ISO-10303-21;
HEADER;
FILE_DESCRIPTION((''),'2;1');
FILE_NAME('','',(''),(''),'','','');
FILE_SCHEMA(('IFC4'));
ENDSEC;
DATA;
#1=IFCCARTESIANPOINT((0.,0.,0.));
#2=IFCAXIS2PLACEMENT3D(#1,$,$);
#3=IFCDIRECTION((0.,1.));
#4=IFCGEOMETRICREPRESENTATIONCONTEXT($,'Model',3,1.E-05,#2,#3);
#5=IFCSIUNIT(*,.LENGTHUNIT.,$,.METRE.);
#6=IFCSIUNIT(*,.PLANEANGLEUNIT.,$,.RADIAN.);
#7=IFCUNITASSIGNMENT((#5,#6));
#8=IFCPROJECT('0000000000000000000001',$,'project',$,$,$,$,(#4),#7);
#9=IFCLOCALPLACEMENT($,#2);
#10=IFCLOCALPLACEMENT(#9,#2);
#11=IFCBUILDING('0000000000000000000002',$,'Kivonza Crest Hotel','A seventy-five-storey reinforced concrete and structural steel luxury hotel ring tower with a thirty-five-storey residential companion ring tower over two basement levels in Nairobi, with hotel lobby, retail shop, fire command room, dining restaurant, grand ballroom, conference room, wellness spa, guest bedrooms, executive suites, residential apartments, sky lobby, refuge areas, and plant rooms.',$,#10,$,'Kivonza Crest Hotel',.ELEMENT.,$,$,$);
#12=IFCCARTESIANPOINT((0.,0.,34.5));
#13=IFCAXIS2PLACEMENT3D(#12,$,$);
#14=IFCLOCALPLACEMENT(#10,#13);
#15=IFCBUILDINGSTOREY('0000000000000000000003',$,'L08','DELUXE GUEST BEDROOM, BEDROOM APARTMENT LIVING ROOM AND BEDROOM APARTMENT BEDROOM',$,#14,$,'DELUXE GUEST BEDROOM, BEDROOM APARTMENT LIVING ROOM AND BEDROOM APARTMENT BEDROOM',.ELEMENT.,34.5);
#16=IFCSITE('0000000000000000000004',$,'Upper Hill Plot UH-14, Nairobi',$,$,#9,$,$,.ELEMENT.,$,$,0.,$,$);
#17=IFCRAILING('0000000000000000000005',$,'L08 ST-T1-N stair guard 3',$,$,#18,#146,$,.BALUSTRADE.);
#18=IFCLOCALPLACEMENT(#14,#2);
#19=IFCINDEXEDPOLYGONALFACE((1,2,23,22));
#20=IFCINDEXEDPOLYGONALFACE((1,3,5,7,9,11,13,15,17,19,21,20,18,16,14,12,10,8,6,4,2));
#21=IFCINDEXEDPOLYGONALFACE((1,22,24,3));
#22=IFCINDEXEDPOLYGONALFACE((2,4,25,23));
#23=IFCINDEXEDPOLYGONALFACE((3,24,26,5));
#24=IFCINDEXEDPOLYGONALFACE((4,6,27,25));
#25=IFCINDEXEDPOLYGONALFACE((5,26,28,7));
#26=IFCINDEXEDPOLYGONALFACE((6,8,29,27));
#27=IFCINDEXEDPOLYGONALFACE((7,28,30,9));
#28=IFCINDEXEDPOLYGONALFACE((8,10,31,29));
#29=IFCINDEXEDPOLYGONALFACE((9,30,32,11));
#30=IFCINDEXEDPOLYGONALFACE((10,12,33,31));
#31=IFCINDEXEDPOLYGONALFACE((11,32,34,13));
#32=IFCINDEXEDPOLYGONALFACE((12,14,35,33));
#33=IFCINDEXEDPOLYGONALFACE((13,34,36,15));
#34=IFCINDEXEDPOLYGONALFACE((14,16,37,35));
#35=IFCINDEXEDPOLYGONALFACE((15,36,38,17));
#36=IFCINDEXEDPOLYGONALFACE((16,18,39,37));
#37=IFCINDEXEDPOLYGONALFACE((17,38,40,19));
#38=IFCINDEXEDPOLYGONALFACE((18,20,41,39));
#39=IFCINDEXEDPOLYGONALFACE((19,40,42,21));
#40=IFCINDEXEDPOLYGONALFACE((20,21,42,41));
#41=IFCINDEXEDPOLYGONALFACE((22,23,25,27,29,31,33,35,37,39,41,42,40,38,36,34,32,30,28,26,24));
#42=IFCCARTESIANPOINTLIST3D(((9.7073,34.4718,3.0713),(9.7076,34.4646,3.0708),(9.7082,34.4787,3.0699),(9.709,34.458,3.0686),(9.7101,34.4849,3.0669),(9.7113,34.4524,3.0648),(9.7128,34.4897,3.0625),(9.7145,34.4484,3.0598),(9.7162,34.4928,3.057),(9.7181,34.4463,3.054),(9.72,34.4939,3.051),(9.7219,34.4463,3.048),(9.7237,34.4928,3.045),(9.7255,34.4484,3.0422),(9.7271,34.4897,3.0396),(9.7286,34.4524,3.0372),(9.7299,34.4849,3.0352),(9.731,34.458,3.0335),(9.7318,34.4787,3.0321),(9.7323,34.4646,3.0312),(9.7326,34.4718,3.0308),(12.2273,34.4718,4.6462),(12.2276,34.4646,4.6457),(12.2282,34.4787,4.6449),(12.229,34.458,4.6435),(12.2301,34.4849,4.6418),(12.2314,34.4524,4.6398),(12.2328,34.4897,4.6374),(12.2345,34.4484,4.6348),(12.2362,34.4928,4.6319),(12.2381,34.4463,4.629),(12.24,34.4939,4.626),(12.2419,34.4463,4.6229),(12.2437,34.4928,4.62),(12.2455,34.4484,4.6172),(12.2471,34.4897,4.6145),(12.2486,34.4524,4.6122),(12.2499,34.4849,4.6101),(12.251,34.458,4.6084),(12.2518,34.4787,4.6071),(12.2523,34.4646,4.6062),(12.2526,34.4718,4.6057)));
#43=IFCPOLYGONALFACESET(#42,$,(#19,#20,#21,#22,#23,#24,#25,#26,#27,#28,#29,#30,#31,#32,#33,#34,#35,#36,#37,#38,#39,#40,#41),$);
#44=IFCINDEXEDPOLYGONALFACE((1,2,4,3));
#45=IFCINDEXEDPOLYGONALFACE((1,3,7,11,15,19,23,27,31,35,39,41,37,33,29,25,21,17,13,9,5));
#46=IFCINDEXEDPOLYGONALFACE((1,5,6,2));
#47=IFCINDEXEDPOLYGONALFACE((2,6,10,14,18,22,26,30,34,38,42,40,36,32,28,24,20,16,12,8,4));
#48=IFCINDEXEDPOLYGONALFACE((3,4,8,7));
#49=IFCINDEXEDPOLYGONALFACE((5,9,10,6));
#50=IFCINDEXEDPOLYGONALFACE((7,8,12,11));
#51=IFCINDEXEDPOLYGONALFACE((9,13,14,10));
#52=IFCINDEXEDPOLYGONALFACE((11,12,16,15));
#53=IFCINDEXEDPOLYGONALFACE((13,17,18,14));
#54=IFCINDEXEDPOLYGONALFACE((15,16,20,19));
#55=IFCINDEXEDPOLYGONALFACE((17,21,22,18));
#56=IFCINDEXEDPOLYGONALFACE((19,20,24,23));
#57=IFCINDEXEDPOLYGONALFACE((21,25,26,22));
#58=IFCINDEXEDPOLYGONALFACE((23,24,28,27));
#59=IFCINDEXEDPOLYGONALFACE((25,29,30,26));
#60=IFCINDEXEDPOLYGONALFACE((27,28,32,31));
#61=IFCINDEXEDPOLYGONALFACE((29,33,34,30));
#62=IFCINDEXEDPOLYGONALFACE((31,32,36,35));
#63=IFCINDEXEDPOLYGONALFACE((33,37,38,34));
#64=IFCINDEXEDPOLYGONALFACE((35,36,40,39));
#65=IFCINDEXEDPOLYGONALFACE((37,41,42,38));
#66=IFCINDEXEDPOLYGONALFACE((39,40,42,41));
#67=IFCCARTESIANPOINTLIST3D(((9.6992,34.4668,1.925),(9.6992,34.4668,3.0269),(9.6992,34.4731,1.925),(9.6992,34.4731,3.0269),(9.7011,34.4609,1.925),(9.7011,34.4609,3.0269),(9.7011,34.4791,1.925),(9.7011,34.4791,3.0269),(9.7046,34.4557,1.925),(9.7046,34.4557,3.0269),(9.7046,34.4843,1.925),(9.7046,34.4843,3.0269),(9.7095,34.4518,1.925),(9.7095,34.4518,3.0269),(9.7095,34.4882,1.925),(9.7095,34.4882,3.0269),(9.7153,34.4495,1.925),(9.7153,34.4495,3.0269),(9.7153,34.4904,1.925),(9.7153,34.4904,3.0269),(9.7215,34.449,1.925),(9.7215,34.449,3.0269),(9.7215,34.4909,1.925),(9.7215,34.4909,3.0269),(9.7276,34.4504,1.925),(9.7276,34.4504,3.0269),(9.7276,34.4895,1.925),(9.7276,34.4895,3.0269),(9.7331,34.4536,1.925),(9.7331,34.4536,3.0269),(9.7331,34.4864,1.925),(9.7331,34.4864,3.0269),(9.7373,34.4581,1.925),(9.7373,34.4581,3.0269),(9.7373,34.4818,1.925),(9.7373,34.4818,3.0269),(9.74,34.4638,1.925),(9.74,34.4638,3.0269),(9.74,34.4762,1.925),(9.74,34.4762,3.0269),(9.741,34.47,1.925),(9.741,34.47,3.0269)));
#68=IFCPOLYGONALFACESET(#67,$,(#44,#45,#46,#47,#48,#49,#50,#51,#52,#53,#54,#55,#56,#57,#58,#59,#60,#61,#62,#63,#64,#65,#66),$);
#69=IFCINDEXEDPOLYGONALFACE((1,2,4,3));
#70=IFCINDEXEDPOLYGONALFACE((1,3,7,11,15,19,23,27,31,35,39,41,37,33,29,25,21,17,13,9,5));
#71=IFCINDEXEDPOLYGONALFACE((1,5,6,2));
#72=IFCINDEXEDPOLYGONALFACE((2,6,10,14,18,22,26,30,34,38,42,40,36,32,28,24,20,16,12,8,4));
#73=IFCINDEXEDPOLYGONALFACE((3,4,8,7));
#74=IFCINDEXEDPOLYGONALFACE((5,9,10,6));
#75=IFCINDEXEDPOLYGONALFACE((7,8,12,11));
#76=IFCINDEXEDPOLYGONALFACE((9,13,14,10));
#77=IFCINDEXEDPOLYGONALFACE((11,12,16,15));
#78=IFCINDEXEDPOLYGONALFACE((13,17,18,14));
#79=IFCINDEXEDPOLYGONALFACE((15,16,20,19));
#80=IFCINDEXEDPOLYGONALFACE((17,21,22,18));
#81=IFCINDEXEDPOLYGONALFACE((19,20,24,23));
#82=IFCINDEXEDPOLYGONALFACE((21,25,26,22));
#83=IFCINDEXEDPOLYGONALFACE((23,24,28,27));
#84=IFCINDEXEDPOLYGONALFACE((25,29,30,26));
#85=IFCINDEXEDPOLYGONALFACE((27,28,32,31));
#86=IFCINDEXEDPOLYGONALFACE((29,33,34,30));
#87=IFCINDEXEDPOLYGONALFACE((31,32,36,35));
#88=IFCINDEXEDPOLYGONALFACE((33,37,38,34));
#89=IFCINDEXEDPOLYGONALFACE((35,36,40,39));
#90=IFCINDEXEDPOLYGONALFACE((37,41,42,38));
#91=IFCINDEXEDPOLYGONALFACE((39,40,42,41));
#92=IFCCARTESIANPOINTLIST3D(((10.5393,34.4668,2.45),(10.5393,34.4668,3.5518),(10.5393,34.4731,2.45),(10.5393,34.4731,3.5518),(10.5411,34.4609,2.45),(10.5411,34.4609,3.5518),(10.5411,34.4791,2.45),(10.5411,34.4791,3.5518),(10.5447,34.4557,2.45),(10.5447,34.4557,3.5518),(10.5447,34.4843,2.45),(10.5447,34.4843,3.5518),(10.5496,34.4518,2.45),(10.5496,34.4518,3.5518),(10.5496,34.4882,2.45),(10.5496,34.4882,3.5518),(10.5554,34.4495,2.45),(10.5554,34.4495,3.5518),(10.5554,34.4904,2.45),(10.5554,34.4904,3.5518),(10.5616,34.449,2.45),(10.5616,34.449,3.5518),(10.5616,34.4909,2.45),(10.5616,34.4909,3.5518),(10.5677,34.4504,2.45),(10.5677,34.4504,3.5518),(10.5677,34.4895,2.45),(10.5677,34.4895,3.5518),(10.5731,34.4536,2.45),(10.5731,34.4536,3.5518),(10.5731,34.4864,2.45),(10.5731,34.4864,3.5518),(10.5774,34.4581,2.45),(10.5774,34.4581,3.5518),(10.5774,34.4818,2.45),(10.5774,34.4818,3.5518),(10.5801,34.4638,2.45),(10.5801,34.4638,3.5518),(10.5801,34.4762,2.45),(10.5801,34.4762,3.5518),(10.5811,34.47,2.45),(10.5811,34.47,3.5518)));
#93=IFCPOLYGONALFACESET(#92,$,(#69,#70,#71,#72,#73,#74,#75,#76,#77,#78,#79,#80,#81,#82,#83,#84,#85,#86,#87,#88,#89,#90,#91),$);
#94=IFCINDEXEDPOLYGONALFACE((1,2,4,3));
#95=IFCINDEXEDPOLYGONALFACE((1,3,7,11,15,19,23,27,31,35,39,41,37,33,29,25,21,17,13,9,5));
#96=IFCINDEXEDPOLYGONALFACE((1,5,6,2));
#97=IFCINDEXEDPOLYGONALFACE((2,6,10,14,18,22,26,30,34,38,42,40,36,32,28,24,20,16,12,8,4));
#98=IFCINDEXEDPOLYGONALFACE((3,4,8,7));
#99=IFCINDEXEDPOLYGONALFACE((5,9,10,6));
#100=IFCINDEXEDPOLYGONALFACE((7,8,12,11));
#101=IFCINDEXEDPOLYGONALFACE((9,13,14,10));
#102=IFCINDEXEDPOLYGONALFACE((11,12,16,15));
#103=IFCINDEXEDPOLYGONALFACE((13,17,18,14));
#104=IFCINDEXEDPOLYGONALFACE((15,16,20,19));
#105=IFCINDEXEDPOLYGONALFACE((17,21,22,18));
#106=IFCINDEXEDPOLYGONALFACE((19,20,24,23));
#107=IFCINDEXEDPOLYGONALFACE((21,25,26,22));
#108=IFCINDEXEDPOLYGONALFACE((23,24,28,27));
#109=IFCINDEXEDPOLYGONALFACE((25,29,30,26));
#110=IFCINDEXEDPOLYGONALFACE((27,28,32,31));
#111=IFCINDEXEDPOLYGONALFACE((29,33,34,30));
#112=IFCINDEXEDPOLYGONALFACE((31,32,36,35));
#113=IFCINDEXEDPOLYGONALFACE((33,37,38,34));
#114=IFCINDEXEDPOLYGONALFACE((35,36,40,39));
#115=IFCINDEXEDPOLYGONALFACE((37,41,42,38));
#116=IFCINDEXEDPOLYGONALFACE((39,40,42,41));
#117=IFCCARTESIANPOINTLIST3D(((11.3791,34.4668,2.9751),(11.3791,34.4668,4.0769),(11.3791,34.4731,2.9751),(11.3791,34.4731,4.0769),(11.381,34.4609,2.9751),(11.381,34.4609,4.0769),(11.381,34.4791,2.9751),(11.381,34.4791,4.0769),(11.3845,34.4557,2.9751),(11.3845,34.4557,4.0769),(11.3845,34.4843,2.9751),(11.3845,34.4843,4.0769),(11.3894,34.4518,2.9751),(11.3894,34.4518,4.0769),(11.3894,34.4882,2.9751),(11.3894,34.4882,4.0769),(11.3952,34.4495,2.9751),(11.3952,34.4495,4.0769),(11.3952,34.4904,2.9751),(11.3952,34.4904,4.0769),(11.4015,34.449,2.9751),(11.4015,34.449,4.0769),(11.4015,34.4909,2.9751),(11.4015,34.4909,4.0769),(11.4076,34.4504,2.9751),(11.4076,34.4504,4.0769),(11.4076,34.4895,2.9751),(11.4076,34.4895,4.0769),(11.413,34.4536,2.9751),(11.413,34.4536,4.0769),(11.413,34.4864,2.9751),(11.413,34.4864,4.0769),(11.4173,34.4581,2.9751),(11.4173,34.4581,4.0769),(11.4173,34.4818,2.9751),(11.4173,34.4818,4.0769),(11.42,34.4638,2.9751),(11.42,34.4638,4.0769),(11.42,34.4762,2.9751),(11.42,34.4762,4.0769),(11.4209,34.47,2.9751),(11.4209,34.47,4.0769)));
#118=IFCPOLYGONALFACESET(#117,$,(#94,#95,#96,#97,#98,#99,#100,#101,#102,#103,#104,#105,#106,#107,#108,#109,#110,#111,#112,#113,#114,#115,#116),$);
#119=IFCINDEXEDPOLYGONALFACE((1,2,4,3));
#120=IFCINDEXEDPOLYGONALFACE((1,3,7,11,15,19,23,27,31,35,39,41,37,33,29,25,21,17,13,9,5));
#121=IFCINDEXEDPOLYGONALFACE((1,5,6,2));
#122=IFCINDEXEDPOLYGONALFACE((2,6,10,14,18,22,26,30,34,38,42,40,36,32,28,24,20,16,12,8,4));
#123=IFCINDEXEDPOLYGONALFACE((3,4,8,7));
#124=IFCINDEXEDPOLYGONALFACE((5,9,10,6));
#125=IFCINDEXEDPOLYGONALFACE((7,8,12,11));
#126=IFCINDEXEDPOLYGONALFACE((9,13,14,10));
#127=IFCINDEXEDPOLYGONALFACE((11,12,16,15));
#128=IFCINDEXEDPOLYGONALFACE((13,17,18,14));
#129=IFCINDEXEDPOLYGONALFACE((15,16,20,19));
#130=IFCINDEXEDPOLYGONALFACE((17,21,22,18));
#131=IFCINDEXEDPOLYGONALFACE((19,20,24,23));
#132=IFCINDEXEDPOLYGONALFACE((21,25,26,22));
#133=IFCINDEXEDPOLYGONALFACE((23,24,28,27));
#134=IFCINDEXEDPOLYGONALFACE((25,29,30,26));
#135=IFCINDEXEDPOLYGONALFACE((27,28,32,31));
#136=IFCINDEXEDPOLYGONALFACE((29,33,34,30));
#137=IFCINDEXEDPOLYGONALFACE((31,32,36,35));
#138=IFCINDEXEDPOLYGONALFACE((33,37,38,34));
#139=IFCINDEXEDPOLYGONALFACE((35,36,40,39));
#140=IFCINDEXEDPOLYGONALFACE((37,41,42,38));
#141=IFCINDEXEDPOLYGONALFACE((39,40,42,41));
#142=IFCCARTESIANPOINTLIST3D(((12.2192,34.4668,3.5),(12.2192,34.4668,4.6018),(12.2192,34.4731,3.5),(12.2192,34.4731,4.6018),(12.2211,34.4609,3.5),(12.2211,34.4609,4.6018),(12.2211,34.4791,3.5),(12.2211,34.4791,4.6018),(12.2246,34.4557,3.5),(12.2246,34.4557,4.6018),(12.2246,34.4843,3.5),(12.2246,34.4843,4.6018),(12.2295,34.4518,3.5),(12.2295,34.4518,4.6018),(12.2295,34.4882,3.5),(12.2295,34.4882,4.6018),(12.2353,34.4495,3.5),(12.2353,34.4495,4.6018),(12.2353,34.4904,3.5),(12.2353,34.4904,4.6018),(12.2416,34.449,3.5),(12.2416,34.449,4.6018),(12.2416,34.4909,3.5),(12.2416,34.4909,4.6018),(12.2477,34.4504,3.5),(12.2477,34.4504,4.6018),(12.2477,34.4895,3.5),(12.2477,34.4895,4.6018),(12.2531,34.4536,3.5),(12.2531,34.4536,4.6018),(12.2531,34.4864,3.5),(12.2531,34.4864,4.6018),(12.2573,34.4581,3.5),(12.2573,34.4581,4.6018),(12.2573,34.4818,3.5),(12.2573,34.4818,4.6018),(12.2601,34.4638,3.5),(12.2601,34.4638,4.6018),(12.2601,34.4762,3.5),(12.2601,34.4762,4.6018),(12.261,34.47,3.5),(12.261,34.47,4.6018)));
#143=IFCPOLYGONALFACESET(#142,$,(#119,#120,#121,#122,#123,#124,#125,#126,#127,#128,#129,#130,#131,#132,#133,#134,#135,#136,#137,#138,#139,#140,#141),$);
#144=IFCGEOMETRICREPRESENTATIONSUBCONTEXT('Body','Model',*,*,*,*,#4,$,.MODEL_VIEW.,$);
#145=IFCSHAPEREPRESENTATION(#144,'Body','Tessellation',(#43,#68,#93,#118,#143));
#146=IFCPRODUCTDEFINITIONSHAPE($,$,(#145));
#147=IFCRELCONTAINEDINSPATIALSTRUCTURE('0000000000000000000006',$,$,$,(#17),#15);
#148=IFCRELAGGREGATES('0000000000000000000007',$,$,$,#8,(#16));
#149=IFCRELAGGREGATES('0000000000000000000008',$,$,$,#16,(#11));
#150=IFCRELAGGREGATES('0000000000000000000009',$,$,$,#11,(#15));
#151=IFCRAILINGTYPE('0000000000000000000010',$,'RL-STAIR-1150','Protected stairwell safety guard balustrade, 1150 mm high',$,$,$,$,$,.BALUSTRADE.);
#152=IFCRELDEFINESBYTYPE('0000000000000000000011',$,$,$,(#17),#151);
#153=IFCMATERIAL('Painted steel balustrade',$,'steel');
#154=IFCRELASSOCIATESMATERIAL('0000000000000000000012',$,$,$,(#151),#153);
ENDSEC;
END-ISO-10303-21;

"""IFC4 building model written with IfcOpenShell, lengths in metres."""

from ifc_helpers import new_model, si_unit, direction, frame, origin, origin_2d, place, context, subcontext, project, spatial, circle, extrude, material, type_object, element, save


model = new_model("IFC4")

# Units and contexts
model_context = context("Model", 3, precision=1e-05, world=origin(), true_north=direction((0.0, 1.0)))
body_context = subcontext(model_context, "Body", "Model", "MODEL_VIEW")
ifc_project = project(units=[si_unit("LENGTHUNIT", "METRE"), si_unit("PLANEANGLEUNIT", "RADIAN")], contexts=[model_context])

# Site, building, storey
site_placement = place(None, origin())
site = spatial("IfcSite", under=ifc_project, at=site_placement, Name="Upper Hill Plot UH-14, Nairobi", CompositionType="ELEMENT", RefElevation=0.0)
building_placement = place(site_placement, origin())
building = spatial("IfcBuilding", under=site, at=building_placement, Name="Kivonza Crest Hotel", Description="A seventy-five-storey reinforced concrete and structural steel luxury hotel ring tower with a thirty-five-storey residential companion ring tower over two basement levels in Nairobi, with hotel lobby, retail shop, fire command room, dining restaurant, grand ballroom, conference room, wellness spa, guest bedrooms, executive suites, residential apartments, sky lobby, refuge areas, and plant rooms.", LongName="Kivonza Crest Hotel", CompositionType="ELEMENT")
storey_placement = place(building_placement, frame((0.0, 0.0, 34.5)))
storey = spatial("IfcBuildingStorey", under=building, at=storey_placement, Name="L08", Description="DELUXE GUEST BEDROOM, BEDROOM APARTMENT LIVING ROOM AND BEDROOM APARTMENT BEDROOM", LongName="DELUXE GUEST BEDROOM, BEDROOM APARTMENT LIVING ROOM AND BEDROOM APARTMENT BEDROOM", CompositionType="ELEMENT", Elevation=34.5)

# Railing
ifc_material_1 = material(Name="Painted steel balustrade", Category="steel")
railing_type_1 = type_object("IfcRailingType", Name="RL-STAIR-1150", Description="Protected stairwell safety guard balustrade, 1150 mm high", PredefinedType="BALUSTRADE", material=ifc_material_1)
railing_1_placement = place(storey_placement, frame((9.72, 34.47, 1.925)))
element("IfcRailing", 1, at=railing_1_placement, inside=storey, type_object=railing_type_1, Name="L08 ST-T1-N stair guard 3", PredefinedType="BALUSTRADE", context=body_context, shape_type="SweptSolid", body=[
    extrude(circle(Radius=0.0239, at=origin_2d()), frame((0.0, 0.0, 1.126), z_axis=(0.848008, 0.0, 0.529984), x_axis=(0.0, 1.0, 0.0)), (0.0, 0.0, 1.0), 2.9717),
    extrude(circle(Radius=0.021, at=origin_2d()), origin(), (0.0, 0.0, 1.0), 1.1018),
    extrude(circle(Radius=0.021, at=origin_2d()), frame((0.8401, 0.0, 0.5249)), (0.0, 0.0, 1.0), 1.1018),
    extrude(circle(Radius=0.021, at=origin_2d()), frame((1.6799, 0.0, 1.05)), (0.0, 0.0, 1.0), 1.1018),
    extrude(circle(Radius=0.021, at=origin_2d()), frame((2.52, 0.0, 1.575)), (0.0, 0.0, 1.0), 1.1018),
])

save(model, "model.ifc")
